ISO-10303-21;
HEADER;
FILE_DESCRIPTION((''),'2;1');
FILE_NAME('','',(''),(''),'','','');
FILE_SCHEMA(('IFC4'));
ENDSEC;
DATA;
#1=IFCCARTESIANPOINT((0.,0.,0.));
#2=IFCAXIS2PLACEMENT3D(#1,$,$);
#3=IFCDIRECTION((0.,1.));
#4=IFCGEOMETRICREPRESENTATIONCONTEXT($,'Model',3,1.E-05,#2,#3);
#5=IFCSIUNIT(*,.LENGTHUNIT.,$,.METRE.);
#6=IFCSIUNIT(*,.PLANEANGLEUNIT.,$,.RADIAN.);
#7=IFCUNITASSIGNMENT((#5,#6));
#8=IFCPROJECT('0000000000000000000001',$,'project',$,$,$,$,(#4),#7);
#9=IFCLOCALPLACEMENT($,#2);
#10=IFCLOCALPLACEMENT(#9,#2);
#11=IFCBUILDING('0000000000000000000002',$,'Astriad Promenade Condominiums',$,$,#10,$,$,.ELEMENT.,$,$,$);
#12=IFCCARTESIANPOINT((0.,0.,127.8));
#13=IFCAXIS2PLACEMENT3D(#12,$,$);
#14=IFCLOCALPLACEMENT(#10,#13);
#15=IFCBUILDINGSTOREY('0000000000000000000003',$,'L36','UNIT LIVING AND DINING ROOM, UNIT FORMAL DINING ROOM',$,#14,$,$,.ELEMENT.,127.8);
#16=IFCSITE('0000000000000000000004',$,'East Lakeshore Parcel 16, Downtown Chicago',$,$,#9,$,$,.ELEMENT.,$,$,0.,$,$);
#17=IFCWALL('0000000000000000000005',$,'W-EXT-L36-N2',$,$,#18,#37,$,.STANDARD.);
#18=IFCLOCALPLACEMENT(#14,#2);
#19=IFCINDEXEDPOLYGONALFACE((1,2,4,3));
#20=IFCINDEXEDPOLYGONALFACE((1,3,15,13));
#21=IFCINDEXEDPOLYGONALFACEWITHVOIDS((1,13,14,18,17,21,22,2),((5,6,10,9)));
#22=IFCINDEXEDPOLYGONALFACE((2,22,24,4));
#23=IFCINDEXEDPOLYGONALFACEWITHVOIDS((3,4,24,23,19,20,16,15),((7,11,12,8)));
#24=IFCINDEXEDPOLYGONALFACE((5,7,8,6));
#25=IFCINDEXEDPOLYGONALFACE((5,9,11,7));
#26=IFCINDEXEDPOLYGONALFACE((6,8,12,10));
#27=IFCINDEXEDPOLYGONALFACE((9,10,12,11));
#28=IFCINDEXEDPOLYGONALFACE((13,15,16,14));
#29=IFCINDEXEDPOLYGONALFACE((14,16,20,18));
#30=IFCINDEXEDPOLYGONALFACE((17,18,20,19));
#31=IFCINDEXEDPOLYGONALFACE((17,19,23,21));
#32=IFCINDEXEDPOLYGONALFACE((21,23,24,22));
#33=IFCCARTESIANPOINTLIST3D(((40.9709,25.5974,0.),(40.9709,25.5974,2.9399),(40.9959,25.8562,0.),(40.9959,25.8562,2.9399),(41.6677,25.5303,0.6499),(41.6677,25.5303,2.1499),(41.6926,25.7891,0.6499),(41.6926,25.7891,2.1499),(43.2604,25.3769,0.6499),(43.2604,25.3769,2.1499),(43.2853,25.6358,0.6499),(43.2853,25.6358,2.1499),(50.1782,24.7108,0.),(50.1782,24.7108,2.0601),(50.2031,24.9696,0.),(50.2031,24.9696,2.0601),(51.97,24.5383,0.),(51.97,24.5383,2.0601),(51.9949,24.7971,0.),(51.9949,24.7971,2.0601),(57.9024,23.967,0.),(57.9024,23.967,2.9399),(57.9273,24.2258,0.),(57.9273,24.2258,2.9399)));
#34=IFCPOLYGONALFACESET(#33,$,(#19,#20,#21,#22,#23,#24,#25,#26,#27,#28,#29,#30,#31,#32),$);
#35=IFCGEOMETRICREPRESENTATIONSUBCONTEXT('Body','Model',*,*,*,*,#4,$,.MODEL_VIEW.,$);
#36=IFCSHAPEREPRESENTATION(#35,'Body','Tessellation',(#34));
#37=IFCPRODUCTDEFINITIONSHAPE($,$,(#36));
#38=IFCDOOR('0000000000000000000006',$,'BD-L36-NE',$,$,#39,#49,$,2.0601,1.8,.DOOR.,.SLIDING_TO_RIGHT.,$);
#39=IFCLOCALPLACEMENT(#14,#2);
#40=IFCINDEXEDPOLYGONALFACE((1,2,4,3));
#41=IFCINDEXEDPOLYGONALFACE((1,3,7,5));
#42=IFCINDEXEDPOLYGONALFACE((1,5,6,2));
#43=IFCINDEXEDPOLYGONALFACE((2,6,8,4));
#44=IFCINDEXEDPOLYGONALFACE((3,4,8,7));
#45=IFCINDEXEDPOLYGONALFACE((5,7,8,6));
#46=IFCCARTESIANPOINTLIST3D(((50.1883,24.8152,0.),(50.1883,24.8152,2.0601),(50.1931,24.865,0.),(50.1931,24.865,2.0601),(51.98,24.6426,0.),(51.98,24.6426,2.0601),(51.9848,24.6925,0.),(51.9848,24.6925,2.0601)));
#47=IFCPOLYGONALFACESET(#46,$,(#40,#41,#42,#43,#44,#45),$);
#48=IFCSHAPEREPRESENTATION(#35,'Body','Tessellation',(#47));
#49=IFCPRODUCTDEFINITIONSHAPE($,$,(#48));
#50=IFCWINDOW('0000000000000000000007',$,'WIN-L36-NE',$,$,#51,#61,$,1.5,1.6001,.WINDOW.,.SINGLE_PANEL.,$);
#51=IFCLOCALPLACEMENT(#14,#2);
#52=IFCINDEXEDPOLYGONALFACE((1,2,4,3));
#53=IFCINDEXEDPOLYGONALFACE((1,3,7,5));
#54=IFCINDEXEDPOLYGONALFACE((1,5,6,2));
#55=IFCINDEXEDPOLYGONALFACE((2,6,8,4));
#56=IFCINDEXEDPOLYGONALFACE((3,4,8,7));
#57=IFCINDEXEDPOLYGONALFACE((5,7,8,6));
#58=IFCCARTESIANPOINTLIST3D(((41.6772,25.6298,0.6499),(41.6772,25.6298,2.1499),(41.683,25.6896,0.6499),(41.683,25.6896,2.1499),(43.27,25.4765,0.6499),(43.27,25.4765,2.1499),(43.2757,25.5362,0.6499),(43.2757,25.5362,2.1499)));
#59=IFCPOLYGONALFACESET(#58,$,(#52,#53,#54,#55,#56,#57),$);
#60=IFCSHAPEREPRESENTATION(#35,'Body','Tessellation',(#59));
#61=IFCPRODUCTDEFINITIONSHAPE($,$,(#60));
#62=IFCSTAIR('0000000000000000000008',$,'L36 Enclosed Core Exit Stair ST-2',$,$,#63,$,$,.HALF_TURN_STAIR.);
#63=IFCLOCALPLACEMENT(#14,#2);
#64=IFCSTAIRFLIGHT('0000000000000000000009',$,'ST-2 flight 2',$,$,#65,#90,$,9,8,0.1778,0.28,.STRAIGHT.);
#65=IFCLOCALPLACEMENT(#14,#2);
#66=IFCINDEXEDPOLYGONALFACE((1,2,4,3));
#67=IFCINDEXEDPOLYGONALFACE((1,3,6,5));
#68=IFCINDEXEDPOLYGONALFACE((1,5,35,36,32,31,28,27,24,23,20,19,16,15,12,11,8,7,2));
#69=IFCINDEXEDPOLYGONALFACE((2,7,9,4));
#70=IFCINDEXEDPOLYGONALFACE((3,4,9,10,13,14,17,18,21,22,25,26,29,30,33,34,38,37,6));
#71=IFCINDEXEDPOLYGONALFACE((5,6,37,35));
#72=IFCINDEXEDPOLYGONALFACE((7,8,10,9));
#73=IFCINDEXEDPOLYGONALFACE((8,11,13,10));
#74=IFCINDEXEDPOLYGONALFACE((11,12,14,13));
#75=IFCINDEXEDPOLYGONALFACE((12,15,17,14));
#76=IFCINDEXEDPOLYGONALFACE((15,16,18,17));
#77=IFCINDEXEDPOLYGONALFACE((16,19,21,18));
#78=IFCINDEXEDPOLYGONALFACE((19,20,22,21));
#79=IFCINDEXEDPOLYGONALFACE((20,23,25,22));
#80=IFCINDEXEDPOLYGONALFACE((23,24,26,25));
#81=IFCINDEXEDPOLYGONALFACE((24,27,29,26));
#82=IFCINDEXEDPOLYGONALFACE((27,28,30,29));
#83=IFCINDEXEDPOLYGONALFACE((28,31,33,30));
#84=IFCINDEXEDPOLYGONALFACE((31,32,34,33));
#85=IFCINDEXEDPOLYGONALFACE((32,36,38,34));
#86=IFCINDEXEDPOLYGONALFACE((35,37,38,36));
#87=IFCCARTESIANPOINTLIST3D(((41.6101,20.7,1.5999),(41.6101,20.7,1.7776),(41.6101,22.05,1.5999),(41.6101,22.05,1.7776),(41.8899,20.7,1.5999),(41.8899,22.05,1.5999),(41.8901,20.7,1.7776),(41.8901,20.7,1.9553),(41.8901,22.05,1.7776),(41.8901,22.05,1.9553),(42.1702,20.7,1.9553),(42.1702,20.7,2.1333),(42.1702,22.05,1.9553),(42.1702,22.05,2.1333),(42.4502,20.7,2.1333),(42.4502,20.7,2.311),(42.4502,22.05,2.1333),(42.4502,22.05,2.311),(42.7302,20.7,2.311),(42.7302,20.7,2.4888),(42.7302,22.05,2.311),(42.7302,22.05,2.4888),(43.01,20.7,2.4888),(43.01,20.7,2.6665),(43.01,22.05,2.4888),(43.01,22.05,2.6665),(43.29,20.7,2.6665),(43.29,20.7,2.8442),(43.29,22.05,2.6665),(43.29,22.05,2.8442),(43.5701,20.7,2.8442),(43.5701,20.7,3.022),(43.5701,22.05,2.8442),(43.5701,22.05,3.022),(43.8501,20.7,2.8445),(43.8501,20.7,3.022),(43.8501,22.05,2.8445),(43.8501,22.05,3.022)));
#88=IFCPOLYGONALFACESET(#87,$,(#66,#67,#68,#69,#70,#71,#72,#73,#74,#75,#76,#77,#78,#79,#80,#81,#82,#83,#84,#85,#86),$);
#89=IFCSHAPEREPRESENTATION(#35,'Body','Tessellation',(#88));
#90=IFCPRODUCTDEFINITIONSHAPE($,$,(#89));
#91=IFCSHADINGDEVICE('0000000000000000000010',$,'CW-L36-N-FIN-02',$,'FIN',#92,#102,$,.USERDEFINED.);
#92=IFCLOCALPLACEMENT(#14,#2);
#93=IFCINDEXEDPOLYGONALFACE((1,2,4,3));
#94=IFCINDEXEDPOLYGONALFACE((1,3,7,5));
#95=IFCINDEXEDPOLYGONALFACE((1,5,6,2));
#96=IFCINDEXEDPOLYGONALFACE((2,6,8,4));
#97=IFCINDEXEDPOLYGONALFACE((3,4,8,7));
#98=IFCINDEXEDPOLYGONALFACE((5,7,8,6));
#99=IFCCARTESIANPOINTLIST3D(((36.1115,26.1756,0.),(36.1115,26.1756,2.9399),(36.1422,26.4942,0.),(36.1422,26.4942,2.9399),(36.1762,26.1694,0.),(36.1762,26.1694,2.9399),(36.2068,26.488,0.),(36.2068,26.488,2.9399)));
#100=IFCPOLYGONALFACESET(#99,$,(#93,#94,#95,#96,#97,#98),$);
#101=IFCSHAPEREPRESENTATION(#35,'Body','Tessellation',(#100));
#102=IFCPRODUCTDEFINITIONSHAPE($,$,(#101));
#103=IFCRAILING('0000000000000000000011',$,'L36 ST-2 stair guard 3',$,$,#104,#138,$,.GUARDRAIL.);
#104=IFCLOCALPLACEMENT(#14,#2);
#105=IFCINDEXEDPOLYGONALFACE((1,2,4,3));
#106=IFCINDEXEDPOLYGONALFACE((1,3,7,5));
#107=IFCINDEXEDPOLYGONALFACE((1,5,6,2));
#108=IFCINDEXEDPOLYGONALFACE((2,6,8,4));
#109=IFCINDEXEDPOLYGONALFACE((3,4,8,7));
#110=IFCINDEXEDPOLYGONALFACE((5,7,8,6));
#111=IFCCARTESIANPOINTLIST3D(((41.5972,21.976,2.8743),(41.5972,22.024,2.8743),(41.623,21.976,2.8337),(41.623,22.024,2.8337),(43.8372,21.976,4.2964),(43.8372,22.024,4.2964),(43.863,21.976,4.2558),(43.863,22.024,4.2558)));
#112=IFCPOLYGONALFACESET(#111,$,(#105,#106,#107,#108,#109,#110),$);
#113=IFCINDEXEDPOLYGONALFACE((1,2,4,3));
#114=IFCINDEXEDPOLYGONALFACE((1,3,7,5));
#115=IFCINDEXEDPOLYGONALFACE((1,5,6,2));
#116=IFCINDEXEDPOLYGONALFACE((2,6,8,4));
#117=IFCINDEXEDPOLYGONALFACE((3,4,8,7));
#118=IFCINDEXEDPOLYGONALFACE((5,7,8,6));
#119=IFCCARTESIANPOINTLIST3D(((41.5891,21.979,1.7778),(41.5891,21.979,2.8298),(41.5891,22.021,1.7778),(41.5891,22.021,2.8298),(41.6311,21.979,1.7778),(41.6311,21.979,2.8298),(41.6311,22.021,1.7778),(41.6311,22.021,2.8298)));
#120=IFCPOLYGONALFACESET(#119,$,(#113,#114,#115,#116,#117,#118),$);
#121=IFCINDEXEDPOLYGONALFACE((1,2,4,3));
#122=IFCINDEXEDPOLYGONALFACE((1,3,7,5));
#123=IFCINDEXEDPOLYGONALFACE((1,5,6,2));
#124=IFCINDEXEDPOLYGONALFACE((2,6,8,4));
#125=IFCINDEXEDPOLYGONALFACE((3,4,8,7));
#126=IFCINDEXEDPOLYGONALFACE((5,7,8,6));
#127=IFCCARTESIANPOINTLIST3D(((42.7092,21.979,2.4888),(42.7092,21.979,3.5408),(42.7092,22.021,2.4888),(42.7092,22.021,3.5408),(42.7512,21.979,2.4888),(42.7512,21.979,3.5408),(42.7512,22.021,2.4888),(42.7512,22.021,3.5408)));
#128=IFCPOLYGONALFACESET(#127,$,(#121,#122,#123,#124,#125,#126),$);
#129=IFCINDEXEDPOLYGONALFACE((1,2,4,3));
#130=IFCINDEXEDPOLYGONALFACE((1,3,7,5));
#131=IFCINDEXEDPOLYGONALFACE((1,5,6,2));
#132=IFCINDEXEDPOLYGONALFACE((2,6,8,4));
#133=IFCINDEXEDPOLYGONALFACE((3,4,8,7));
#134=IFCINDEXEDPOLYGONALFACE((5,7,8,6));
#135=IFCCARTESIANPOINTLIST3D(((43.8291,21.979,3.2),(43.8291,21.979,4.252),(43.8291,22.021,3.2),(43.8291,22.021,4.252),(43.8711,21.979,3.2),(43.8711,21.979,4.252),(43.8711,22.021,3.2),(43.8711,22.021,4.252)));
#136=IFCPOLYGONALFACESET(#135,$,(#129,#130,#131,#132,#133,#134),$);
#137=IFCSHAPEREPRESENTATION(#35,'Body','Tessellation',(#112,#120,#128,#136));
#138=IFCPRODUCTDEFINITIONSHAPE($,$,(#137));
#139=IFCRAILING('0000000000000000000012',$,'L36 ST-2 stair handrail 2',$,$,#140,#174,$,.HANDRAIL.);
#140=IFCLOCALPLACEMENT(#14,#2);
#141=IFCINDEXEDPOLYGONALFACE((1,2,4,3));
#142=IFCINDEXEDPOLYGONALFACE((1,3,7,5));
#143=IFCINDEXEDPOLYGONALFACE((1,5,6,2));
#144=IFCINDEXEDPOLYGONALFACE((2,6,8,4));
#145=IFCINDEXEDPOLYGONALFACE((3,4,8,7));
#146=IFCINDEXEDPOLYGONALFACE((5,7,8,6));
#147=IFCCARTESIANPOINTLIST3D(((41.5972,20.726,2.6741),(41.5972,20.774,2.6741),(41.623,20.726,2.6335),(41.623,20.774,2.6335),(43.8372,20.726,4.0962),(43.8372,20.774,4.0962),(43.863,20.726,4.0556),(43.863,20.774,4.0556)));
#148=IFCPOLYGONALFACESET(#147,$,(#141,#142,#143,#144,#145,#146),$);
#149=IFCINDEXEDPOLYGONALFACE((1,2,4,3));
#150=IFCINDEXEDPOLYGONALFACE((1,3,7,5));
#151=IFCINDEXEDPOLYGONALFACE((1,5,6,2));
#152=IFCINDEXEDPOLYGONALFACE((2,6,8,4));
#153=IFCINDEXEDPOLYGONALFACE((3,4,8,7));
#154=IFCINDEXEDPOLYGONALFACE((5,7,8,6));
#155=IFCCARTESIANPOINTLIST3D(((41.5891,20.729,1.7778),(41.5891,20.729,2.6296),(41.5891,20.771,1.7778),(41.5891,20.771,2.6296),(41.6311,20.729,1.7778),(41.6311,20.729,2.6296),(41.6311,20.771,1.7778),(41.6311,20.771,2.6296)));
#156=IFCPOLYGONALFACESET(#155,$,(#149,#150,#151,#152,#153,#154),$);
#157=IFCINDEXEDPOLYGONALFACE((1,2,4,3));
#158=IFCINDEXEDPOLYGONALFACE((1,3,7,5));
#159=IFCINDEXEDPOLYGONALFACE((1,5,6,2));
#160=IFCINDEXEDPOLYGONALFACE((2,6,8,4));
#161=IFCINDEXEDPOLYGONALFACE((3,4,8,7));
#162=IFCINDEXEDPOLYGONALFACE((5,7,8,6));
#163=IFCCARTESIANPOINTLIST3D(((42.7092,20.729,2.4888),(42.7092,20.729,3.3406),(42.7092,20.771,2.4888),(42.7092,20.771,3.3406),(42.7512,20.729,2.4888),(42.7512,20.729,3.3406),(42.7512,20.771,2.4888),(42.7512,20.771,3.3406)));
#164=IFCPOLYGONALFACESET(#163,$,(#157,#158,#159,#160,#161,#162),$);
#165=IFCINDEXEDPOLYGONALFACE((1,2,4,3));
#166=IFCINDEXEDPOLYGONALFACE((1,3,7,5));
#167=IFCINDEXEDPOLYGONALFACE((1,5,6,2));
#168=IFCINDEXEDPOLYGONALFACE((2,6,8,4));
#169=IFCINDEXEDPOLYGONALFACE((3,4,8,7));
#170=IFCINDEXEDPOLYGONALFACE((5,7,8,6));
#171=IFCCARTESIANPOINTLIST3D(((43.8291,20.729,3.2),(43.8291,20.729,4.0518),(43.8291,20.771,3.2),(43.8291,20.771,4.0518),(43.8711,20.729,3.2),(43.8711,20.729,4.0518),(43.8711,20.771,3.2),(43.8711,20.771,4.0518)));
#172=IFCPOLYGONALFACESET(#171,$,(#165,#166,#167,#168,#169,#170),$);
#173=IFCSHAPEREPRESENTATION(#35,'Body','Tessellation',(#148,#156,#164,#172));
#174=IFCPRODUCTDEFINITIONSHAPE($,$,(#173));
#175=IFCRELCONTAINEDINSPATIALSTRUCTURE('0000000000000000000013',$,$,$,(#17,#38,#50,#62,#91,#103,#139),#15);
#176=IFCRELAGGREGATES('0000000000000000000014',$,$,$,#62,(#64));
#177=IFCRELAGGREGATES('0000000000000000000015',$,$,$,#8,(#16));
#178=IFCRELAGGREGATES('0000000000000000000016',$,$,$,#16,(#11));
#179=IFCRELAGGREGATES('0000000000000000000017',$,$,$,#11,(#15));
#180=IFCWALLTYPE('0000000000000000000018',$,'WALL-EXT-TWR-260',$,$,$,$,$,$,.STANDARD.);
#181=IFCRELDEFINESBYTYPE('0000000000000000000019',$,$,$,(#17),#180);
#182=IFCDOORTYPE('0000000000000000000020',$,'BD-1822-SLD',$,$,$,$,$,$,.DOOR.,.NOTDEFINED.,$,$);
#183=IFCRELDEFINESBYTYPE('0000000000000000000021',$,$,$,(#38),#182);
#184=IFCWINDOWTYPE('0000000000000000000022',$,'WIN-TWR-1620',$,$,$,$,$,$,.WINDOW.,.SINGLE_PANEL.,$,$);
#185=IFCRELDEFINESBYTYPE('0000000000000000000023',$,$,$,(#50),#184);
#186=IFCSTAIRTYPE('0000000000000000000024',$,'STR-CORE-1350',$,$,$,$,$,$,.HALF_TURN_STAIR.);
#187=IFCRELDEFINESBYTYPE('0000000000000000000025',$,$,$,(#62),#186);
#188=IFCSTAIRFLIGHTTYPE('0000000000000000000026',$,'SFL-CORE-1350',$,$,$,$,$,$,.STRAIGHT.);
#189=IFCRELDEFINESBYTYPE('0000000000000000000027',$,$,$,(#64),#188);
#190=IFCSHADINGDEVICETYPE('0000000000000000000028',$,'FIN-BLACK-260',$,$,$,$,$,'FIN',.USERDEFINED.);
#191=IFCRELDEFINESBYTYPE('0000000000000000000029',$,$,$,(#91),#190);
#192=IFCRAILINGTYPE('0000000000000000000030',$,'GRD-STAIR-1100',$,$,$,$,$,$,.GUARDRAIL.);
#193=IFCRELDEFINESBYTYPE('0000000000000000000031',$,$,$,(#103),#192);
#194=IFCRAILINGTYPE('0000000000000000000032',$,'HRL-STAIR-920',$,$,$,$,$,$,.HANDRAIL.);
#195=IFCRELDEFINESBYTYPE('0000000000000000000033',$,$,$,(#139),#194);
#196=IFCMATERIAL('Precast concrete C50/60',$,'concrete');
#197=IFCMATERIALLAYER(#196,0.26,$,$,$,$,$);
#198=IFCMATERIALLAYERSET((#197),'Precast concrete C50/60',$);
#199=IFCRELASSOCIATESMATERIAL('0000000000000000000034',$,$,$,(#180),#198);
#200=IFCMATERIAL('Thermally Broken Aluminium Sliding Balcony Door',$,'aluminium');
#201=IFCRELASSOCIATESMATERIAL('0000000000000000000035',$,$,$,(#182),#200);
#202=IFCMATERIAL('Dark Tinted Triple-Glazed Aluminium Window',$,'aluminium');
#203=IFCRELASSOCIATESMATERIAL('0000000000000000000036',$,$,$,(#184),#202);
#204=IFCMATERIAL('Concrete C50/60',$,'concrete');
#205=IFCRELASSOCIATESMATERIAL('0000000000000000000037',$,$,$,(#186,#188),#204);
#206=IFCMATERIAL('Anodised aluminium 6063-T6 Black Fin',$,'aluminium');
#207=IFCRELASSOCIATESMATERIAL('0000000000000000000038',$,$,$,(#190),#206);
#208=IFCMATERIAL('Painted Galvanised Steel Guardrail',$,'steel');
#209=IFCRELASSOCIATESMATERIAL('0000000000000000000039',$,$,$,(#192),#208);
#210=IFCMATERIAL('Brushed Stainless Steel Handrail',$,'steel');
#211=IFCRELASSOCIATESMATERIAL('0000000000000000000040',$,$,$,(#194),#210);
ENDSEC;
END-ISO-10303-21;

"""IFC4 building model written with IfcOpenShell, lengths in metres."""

from ifc_helpers import new_model, si_unit, direction, frame, frame_2d, origin, origin_2d, place, context, subcontext, project, spatial, polyline, rectangle, outline, extrude, source, transform, mapped, material, layer, layer_set, type_object, type_shapes, element, fill, aggregate, save


model = new_model("IFC4")

# Units and contexts
model_context = context("Model", 3, precision=1e-05, world=origin(), true_north=direction((0.0, 1.0)))
body_context = subcontext(model_context, "Body", "Model", "MODEL_VIEW")
ifc_project = project(units=[si_unit("LENGTHUNIT", "METRE"), si_unit("PLANEANGLEUNIT", "RADIAN")], contexts=[model_context])

# Site, building, storey
site_placement = place(None, origin())
site = spatial("IfcSite", under=ifc_project, at=site_placement, Name="East Lakeshore Parcel 16, Downtown Chicago", CompositionType="ELEMENT", RefElevation=0.0)
building_placement = place(site_placement, origin())
building = spatial("IfcBuilding", under=site, at=building_placement, Name="Astriad Promenade Condominiums", CompositionType="ELEMENT")
storey_placement = place(building_placement, frame((0.0, 0.0, 127.8)))
storey = spatial("IfcBuildingStorey", under=building, at=storey_placement, Name="L36", Description="UNIT LIVING AND DINING ROOM, UNIT FORMAL DINING ROOM", CompositionType="ELEMENT", Elevation=127.8)

# Shared definitions
ifc_material_1 = material(Name="Concrete C50/60", Category="concrete")

# Wall, openings, door, window
ifc_material_2 = material(Name="Precast concrete C50/60", Category="concrete")
ifc_layer_1 = layer(ifc_material_2, 0.26)
ifc_layer_set_1 = layer_set([ifc_layer_1], Name="Precast concrete C50/60")
wall_type_1 = type_object("IfcWallType", Name="WALL-EXT-TWR-260", PredefinedType="STANDARD", material=ifc_layer_set_1)
wall_1_placement = place(storey_placement, frame((40.9834, 25.7268, 0.0), z_axis=(0.0, 0.0, 1.0), x_axis=(0.995396, -0.095849, 0.0)))
wall_1 = element("IfcWall", 1, at=wall_1_placement, inside=storey, type_object=wall_type_1, Name="W-EXT-L36-N2", PredefinedType="STANDARD", context=body_context, shape_type="SweptSolid", body=[
    extrude(rectangle(XDim=17.0098, YDim=0.26, at=frame_2d((8.5049, 0.0))), origin(), (0.0, 0.0, 1.0), 2.9399),
])
opening_1_placement = place(wall_1_placement, frame((9.25, 0.0, 0.0)))
opening_1 = element("IfcOpeningElement", 2, at=opening_1_placement, cuts=wall_1, PredefinedType="OPENING", context=body_context, shape_type="SweptSolid", body=[
    extrude(rectangle(XDim=1.8, YDim=2.0601, at=frame_2d((0.8999, 1.03))), frame((0.0, 0.1399, 0.0), z_axis=(0.0, -1.0, 0.0), x_axis=(1.0, 0.0, 0.0)), (0.0, 0.0, 1.0), 0.28),
])
opening_2_placement = place(wall_1_placement, frame((0.7, 0.0, 0.6499)))
opening_2 = element("IfcOpeningElement", 3, at=opening_2_placement, cuts=wall_1, PredefinedType="OPENING", context=body_context, shape_type="SweptSolid", body=[
    extrude(rectangle(XDim=1.6001, YDim=1.5, at=frame_2d((0.8, 0.75))), frame((0.0, 0.1399, 0.0), z_axis=(0.0, -1.0, 0.0), x_axis=(1.0, 0.0, 0.0)), (0.0, 0.0, 1.0), 0.28),
])
ifc_material_3 = material(Name="Thermally Broken Aluminium Sliding Balcony Door", Category="aluminium")
door_type_1 = type_object("IfcDoorType", Name="BD-1822-SLD", OperationType="NOTDEFINED", PredefinedType="DOOR", material=ifc_material_3)
shared_shape_1 = source(origin(), body_context, "Body", "SweptSolid", [
    extrude(rectangle(XDim=1.8, YDim=2.0601, at=frame_2d((0.8999, 1.03))), frame((0.0, 0.0249, 0.0), z_axis=(0.0, -1.0, 0.0), x_axis=(1.0, 0.0, 0.0)), (0.0, 0.0, 1.0), 0.05),
])
type_shapes(door_type_1, [shared_shape_1])
door_1_placement = place(opening_1_placement, origin())
door_1 = element("IfcDoor", 4, at=door_1_placement, inside=storey, type_object=door_type_1, Name="BD-L36-NE", OperationType="SLIDING_TO_RIGHT", OverallHeight=2.0601, OverallWidth=1.8, PredefinedType="DOOR", context=body_context, shape_type="MappedRepresentation", body=[
    mapped(shared_shape_1, transform((0.0, 0.0, 0.0), scale=1.0)),
])
fill(opening_1, door_1)
ifc_material_4 = material(Name="Dark Tinted Triple-Glazed Aluminium Window", Category="aluminium")
window_type = type_object("IfcWindowType", Name="WIN-TWR-1620", PartitioningType="SINGLE_PANEL", PredefinedType="WINDOW", material=ifc_material_4)
shared_shape_2 = source(origin(), body_context, "Body", "SweptSolid", [
    extrude(rectangle(XDim=1.6001, YDim=1.5, at=frame_2d((0.8, 0.75))), frame((0.0, 0.03, 0.0), z_axis=(0.0, -1.0, 0.0), x_axis=(1.0, 0.0, 0.0)), (0.0, 0.0, 1.0), 0.0601),
])
type_shapes(window_type, [shared_shape_2])
window_placement = place(opening_2_placement, origin())
window = element("IfcWindow", 5, at=window_placement, inside=storey, type_object=window_type, Name="WIN-L36-NE", OverallHeight=1.5, OverallWidth=1.6001, PartitioningType="SINGLE_PANEL", PredefinedType="WINDOW", context=body_context, shape_type="MappedRepresentation", body=[
    mapped(shared_shape_2, transform((0.0, 0.0, 0.0), scale=1.0)),
])
fill(opening_2, window)

# Stair, stair flight
stair_type = type_object("IfcStairType", Name="STR-CORE-1350", PredefinedType="HALF_TURN_STAIR", material=ifc_material_1)
stair_placement = place(storey_placement, origin())
stair = element("IfcStair", 6, at=stair_placement, inside=storey, type_object=stair_type, Name="L36 Enclosed Core Exit Stair ST-2", PredefinedType="HALF_TURN_STAIR")
stair_flight_type = type_object("IfcStairFlightType", Name="SFL-CORE-1350", PredefinedType="STRAIGHT", material=ifc_material_1)
shared_shape_3 = source(origin(), body_context, "Body", "SweptSolid", [
    extrude(outline(polyline([(0.0, 0.0), (0.0, 0.1777), (0.28, 0.1777), (0.28, 0.3555), (0.5601, 0.3555), (0.5601, 0.5334), (0.8401, 0.5334), (0.8401, 0.7112), (1.1201, 0.7112), (1.1201, 0.8889), (1.3999, 0.8889), (1.3999, 1.0667), (1.6799, 1.0667), (1.6799, 1.2444), (1.96, 1.2444), (1.96, 1.4221), (2.24, 1.4221), (2.24, 1.6001), (2.24, 1.2446), (0.2798, 0.0), (0.0, 0.0)])), frame((0.0, 0.675, 0.0), z_axis=(0.0, -1.0, 0.0), x_axis=(1.0, 0.0, 0.0)), (0.0, 0.0, 1.0), 1.3501),
])
type_shapes(stair_flight_type, [shared_shape_3])
stair_flight_placement = place(storey_placement, frame((41.6101, 21.375, 1.5999), z_axis=(0.0, 0.0, 1.0), x_axis=(1.0, 0.0, 0.0)))
stair_flight = element("IfcStairFlight", 7, at=stair_flight_placement, type_object=stair_flight_type, Name="ST-2 flight 2", NumberOfRisers=9, NumberOfTreads=8, PredefinedType="STRAIGHT", RiserHeight=0.1778, TreadLength=0.28, context=body_context, shape_type="MappedRepresentation", body=[
    mapped(shared_shape_3, transform((0.0, 0.0, 0.0), scale=1.0)),
])
aggregate(stair, [stair_flight])

# Shading device
ifc_material_5 = material(Name="Anodised aluminium 6063-T6 Black Fin", Category="aluminium")
shading_device_type = type_object("IfcShadingDeviceType", Name="FIN-BLACK-260", ElementType="FIN", PredefinedType="USERDEFINED", material=ifc_material_5)
shared_shape_4 = source(origin(), body_context, "Body", "SweptSolid", [
    extrude(rectangle(XDim=0.0649, YDim=0.3201, at=origin_2d()), origin(), (0.0, 0.0, 1.0), 2.9399),
])
type_shapes(shading_device_type, [shared_shape_4])
shading_device_placement = place(storey_placement, frame((36.1592, 26.3318, 0.0), z_axis=(0.0, 0.0, 1.0), x_axis=(0.995396, -0.095846, 0.0)))
element("IfcShadingDevice", 8, at=shading_device_placement, inside=storey, type_object=shading_device_type, Name="CW-L36-N-FIN-02", ObjectType="FIN", PredefinedType="USERDEFINED", context=body_context, shape_type="MappedRepresentation", body=[
    mapped(shared_shape_4, transform((0.0, 0.0, 0.0), scale=1.0)),
])

# Railings
ifc_material_6 = material(Name="Painted Galvanised Steel Guardrail", Category="steel")
railing_type_1 = type_object("IfcRailingType", Name="GRD-STAIR-1100", PredefinedType="GUARDRAIL", material=ifc_material_6)
shared_shape_5 = source(origin(), body_context, "Body", "SweptSolid", [
    extrude(rectangle(XDim=0.0481, YDim=0.0481, at=origin_2d()), frame((0.0, 0.0, 1.0762), z_axis=(0.844229, 0.0, 0.535982), x_axis=(0.0, 1.0, 0.0)), (0.0, 0.0, 1.0), 2.6533),
    extrude(rectangle(XDim=0.042, YDim=0.042, at=origin_2d()), origin(), (0.0, 0.0, 1.0), 1.052),
    extrude(rectangle(XDim=0.042, YDim=0.042, at=origin_2d()), frame((1.1201, 0.0, 0.7109)), (0.0, 0.0, 1.0), 1.052),
    extrude(rectangle(XDim=0.042, YDim=0.042, at=origin_2d()), frame((2.24, 0.0, 1.4221)), (0.0, 0.0, 1.0), 1.052),
])
railing_1_placement = place(storey_placement, frame((41.6101, 22.0, 1.7778)))
element("IfcRailing", 9, at=railing_1_placement, inside=storey, type_object=railing_type_1, Name="L36 ST-2 stair guard 3", PredefinedType="GUARDRAIL", context=body_context, shape_type="MappedRepresentation", body=[
    mapped(shared_shape_5, transform((0.0, 0.0, 0.0), scale=1.0)),
])
ifc_material_7 = material(Name="Brushed Stainless Steel Handrail", Category="steel")
railing_type_2 = type_object("IfcRailingType", Name="HRL-STAIR-920", PredefinedType="HANDRAIL", material=ifc_material_7)
shared_shape_6 = source(origin(), body_context, "Body", "SweptSolid", [
    extrude(rectangle(XDim=0.0481, YDim=0.0481, at=origin_2d()), frame((0.0, 0.0, 0.876), z_axis=(0.844229, 0.0, 0.535982), x_axis=(0.0, 1.0, 0.0)), (0.0, 0.0, 1.0), 2.6533),
    extrude(rectangle(XDim=0.042, YDim=0.042, at=origin_2d()), origin(), (0.0, 0.0, 1.0), 0.8518),
    extrude(rectangle(XDim=0.042, YDim=0.042, at=origin_2d()), frame((1.1201, 0.0, 0.7109)), (0.0, 0.0, 1.0), 0.8518),
    extrude(rectangle(XDim=0.042, YDim=0.042, at=origin_2d()), frame((2.24, 0.0, 1.4221)), (0.0, 0.0, 1.0), 0.8518),
])
type_shapes(railing_type_2, [shared_shape_6])
railing_2_placement = place(storey_placement, frame((41.6101, 20.75, 1.7778)))
element("IfcRailing", 10, at=railing_2_placement, inside=storey, type_object=railing_type_2, Name="L36 ST-2 stair handrail 2", PredefinedType="HANDRAIL", context=body_context, shape_type="MappedRepresentation", body=[
    mapped(shared_shape_6, transform((0.0, 0.0, 0.0), scale=1.0)),
])

save(model, "model.ifc")
